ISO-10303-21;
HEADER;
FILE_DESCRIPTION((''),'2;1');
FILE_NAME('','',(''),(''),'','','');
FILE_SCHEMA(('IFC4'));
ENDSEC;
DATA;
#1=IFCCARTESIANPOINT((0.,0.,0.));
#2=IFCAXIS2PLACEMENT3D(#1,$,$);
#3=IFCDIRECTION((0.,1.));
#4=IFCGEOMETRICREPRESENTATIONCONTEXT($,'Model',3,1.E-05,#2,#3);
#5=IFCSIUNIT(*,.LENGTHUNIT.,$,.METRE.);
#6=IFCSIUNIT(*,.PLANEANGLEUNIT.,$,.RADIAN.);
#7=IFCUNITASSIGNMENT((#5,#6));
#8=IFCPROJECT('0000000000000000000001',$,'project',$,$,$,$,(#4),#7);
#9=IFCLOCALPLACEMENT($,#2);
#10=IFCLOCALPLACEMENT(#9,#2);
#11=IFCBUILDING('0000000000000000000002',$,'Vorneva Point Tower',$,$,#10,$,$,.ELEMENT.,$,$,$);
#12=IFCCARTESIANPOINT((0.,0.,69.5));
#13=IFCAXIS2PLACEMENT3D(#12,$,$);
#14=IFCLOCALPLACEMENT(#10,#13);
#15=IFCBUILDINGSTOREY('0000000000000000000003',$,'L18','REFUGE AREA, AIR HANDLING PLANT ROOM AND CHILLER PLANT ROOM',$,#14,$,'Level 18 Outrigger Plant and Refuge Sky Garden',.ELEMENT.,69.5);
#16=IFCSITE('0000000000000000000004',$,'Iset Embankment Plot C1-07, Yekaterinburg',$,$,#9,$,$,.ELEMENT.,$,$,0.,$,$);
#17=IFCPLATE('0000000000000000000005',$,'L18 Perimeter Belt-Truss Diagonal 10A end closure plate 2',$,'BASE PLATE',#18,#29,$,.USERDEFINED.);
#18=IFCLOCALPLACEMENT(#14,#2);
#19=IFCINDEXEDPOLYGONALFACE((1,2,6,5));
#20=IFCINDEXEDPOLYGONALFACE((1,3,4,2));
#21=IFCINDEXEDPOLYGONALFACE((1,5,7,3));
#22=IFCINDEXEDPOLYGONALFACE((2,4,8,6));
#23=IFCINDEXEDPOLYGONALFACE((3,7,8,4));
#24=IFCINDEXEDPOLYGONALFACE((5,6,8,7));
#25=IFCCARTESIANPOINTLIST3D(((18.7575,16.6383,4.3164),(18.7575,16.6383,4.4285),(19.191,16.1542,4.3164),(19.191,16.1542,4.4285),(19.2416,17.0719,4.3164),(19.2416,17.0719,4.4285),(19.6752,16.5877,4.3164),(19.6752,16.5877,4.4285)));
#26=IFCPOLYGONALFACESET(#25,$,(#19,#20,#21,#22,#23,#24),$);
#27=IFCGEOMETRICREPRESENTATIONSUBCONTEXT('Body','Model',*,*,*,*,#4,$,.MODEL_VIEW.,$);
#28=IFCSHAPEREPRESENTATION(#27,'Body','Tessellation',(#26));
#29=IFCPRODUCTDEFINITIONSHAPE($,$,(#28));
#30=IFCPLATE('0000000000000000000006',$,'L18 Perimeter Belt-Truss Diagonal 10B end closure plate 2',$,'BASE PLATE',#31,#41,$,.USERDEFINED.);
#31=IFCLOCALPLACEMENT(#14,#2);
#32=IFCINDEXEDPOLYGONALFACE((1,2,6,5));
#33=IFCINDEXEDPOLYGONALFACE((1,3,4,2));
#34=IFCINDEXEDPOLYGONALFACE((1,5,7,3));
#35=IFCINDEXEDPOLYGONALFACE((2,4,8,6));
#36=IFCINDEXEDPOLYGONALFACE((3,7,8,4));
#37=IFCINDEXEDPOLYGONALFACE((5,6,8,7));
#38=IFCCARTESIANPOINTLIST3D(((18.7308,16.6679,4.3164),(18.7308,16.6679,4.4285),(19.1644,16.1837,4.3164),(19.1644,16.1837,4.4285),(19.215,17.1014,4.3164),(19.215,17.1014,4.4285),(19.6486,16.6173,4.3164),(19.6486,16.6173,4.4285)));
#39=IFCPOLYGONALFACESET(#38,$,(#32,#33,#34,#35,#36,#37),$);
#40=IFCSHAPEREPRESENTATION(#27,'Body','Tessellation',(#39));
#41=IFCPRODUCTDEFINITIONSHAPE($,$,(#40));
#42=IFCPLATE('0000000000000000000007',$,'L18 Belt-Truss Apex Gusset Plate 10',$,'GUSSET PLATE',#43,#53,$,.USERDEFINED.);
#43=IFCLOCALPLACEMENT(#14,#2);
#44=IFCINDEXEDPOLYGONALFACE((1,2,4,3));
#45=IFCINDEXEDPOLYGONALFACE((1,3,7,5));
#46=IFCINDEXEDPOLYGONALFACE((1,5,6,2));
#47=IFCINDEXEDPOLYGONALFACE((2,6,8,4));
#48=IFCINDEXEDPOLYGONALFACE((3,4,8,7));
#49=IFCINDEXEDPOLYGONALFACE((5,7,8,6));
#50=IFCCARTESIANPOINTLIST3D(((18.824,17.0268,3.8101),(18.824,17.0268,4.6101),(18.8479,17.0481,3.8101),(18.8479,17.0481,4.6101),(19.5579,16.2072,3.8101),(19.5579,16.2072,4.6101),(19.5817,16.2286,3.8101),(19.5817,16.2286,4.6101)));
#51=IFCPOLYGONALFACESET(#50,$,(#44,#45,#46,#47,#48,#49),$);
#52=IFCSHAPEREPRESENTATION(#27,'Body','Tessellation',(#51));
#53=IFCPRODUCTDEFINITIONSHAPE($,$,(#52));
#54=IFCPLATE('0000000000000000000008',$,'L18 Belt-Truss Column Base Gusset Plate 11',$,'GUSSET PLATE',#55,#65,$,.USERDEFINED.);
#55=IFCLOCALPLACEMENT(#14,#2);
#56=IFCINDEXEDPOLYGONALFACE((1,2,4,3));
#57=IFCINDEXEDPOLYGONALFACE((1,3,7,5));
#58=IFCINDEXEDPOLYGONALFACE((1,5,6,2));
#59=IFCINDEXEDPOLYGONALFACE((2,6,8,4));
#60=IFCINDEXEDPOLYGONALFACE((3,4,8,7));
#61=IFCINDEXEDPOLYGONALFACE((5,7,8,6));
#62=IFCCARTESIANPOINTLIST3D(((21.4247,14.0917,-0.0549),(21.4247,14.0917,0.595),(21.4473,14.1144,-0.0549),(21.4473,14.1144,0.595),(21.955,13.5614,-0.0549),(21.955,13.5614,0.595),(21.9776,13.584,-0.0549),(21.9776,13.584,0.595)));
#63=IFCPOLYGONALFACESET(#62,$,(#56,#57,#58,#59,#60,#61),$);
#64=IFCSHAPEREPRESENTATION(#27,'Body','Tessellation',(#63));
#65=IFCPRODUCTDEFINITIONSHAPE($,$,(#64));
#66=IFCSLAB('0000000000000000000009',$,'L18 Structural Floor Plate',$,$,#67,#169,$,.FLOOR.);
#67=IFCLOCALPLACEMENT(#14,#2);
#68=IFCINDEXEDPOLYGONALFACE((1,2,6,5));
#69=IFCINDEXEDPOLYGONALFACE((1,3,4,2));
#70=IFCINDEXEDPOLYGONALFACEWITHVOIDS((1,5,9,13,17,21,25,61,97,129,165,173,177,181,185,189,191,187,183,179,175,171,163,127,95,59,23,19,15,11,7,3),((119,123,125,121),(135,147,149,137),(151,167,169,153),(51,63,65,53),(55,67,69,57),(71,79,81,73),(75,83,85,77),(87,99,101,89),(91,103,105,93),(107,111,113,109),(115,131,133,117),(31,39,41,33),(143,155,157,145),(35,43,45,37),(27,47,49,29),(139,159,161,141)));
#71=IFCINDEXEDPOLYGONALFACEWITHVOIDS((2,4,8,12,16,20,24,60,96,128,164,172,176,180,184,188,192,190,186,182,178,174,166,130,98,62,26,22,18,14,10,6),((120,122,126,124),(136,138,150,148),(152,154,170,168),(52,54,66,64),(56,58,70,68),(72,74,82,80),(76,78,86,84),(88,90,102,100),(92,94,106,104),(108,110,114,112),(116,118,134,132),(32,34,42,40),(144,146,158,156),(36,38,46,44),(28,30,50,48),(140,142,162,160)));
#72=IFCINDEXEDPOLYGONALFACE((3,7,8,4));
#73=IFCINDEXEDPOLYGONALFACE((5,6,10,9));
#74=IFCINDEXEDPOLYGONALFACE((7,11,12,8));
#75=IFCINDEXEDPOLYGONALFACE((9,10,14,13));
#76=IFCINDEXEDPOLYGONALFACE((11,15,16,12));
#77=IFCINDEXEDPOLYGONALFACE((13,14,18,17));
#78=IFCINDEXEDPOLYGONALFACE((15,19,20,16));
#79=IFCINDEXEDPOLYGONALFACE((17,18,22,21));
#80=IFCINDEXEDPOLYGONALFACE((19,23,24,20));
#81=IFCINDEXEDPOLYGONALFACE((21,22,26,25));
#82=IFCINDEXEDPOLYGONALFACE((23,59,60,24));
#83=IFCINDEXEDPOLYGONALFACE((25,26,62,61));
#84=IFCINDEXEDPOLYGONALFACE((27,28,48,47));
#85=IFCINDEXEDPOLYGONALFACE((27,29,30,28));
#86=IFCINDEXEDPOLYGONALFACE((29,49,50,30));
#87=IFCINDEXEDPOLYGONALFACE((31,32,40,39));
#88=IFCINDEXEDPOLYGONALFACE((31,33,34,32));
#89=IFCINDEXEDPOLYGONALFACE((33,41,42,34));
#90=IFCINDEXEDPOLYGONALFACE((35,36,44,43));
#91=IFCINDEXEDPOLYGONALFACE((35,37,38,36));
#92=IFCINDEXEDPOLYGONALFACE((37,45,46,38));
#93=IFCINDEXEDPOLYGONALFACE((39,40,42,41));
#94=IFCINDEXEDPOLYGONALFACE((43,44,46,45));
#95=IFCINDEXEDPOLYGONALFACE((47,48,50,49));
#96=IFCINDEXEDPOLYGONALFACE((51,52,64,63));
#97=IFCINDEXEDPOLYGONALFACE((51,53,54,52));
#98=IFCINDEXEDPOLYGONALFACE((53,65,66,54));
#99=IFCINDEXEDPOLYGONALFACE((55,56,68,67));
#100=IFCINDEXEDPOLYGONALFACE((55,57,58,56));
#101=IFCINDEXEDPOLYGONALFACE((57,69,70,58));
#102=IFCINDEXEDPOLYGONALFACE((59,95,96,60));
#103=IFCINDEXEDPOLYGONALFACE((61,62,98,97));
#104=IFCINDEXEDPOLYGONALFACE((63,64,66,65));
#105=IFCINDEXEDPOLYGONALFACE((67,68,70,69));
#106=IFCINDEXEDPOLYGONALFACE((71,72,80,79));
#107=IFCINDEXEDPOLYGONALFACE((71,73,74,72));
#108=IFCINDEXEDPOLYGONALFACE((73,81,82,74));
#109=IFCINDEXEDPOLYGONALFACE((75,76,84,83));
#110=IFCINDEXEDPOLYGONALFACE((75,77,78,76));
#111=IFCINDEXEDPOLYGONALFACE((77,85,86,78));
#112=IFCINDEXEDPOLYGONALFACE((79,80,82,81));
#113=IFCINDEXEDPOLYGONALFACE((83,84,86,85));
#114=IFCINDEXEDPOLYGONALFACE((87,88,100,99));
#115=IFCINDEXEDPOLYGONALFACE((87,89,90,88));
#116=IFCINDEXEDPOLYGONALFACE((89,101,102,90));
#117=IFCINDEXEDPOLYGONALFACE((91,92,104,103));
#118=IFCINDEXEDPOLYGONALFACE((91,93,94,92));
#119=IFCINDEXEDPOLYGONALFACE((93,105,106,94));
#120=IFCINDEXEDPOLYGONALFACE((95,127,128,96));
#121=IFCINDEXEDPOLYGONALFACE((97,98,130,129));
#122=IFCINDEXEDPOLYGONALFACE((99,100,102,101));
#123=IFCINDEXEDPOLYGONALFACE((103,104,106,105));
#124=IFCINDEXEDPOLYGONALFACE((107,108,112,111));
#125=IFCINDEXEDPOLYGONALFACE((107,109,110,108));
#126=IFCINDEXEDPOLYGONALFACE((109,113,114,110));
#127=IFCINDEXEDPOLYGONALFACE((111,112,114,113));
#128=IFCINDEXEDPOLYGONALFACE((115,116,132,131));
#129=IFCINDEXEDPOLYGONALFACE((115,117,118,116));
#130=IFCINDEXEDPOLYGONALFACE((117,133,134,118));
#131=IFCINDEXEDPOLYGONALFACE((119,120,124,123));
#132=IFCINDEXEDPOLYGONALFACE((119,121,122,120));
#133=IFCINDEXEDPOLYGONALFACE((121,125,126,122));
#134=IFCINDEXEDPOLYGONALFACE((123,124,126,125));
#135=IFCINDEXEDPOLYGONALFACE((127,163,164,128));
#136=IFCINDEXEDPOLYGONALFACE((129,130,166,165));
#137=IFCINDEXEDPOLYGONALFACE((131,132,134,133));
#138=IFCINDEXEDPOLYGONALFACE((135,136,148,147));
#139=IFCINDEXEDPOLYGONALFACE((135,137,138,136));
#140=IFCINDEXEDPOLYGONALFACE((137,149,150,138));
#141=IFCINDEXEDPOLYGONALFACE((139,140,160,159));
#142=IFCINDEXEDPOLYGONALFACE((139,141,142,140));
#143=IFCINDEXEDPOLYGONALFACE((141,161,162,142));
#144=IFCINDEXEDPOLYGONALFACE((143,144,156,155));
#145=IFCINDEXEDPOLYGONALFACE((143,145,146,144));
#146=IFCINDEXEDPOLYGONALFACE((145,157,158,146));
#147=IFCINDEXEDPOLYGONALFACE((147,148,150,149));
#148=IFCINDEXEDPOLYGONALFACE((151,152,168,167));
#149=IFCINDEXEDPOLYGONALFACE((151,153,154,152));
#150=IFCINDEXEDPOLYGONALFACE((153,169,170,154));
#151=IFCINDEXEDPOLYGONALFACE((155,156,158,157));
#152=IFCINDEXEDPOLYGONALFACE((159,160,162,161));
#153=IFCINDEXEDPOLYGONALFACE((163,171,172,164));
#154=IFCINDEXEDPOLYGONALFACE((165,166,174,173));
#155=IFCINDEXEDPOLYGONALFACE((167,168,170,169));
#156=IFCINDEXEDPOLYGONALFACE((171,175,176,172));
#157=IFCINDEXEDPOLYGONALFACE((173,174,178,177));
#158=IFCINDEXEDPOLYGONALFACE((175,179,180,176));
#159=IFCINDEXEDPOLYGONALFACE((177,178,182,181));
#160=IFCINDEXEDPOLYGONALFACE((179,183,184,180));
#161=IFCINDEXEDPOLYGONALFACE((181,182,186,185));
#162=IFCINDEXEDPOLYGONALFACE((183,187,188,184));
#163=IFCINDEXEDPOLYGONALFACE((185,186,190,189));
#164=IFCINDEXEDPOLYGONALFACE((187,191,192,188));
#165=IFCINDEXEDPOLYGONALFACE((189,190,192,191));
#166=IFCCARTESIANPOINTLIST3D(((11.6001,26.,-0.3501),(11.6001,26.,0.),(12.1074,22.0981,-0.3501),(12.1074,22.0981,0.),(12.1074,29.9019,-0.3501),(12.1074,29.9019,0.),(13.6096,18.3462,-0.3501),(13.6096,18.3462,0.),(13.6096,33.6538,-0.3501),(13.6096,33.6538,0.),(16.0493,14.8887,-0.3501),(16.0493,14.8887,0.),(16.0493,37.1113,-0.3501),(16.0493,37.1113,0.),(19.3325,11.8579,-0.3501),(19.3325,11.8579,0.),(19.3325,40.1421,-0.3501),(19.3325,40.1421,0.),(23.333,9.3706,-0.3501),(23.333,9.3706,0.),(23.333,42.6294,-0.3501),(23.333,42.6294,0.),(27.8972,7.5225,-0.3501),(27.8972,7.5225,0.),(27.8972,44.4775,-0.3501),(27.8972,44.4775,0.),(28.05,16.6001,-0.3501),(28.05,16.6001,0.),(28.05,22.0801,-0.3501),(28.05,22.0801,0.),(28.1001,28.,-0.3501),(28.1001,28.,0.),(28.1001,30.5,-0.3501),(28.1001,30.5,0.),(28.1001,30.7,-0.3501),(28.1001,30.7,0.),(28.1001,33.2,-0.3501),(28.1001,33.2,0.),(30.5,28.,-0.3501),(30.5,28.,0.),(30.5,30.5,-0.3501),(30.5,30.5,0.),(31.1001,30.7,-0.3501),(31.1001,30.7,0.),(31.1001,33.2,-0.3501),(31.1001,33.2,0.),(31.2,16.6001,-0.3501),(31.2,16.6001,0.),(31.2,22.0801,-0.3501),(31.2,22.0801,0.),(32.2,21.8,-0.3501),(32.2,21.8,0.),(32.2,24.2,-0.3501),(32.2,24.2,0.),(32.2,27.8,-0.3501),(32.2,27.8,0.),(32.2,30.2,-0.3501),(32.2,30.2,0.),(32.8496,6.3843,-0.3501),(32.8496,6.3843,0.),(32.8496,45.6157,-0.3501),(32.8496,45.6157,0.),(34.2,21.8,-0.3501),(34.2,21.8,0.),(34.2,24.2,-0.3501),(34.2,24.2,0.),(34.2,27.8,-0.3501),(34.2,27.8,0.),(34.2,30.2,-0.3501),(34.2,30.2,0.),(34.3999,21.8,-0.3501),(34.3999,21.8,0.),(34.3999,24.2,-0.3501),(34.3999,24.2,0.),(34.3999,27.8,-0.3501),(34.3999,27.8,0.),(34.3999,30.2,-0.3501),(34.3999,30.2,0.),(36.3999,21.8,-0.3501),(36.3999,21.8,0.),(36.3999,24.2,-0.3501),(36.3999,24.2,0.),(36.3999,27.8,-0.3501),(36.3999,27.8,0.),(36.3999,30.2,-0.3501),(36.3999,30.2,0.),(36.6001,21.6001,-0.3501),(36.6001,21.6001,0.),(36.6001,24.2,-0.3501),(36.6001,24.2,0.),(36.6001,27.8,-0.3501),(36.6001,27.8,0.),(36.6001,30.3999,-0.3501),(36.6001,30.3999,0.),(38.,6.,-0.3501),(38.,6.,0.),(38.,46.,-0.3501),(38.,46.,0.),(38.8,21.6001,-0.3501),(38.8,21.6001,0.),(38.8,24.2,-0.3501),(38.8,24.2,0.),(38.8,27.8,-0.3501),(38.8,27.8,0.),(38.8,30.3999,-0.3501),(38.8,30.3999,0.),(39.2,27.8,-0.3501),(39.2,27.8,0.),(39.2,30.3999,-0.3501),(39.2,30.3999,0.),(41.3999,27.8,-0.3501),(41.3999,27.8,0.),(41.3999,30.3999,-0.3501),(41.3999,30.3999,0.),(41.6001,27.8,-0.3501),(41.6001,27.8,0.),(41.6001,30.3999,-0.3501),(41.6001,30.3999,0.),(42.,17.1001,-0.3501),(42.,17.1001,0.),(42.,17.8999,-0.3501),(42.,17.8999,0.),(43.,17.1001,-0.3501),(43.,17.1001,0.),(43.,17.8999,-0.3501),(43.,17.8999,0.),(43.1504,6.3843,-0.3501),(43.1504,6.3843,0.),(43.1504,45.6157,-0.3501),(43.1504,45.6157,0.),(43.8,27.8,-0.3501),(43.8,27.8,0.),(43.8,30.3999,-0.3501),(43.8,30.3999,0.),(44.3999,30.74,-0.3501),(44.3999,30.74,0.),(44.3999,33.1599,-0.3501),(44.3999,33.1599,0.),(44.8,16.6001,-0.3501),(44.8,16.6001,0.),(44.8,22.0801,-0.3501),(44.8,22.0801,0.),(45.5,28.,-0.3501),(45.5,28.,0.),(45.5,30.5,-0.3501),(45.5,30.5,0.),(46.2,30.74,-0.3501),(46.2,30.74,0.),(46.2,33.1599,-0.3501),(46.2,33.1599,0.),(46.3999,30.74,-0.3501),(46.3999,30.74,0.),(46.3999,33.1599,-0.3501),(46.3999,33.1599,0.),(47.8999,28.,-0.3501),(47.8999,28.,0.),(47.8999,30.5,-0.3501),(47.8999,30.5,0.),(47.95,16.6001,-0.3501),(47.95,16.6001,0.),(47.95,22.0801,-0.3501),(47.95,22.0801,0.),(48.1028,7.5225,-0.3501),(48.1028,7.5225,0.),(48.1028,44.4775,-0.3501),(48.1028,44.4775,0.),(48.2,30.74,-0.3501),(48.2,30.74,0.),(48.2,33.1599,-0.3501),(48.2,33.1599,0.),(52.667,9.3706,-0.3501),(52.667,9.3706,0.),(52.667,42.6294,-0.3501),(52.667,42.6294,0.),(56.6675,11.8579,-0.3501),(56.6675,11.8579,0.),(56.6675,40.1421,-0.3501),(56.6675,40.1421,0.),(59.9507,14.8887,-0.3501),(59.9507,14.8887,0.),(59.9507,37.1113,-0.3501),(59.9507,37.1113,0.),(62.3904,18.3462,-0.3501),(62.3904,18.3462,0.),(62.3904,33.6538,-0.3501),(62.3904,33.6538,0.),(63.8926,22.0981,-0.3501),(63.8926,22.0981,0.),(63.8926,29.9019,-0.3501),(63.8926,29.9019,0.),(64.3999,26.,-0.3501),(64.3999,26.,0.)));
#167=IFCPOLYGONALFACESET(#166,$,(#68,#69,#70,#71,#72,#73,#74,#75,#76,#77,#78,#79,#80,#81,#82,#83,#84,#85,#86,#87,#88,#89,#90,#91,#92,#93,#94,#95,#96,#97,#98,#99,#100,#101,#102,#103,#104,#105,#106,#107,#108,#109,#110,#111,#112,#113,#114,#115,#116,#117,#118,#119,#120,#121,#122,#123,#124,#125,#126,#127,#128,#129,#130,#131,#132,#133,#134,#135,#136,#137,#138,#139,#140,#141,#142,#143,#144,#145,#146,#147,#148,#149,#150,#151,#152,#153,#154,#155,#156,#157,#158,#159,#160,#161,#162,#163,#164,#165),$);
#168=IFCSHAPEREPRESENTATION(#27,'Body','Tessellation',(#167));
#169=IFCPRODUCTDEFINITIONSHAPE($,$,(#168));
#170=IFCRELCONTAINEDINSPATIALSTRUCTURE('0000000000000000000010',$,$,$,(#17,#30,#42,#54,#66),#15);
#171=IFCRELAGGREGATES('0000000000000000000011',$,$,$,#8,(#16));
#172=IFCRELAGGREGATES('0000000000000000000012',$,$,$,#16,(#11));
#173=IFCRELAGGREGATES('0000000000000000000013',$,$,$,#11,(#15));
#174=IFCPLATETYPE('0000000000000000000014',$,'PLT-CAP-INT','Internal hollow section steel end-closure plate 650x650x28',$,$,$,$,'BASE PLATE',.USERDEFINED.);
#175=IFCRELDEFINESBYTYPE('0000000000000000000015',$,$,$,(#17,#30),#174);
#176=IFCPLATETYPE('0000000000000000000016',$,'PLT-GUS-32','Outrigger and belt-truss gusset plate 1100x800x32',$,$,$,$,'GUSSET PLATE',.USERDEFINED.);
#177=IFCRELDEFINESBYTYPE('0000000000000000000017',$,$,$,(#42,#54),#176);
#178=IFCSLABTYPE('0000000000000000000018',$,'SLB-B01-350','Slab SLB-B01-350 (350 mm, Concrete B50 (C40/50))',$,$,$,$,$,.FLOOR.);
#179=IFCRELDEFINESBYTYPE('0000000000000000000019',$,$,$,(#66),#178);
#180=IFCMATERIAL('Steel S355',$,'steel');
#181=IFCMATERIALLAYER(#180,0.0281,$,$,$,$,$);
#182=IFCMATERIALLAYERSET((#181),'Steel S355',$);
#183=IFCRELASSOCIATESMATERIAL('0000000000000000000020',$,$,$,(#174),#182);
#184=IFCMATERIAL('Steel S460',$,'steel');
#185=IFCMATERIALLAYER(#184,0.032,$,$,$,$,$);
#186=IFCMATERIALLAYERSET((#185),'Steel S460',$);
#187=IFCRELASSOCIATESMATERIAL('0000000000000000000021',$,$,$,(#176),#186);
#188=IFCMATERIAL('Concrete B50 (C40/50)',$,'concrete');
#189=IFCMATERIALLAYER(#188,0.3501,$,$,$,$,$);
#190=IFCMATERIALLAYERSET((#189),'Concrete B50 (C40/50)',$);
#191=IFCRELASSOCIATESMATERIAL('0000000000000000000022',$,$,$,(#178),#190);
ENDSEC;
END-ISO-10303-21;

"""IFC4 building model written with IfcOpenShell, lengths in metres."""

from ifc_helpers import new_model, si_unit, direction, frame, origin, origin_2d, place, context, subcontext, project, spatial, polyline, rectangle, outline, extrude, material, layer, layer_set, type_object, element, save


model = new_model("IFC4")

# Units and contexts
model_context = context("Model", 3, precision=1e-05, world=origin(), true_north=direction((0.0, 1.0)))
body_context = subcontext(model_context, "Body", "Model", "MODEL_VIEW")
ifc_project = project(units=[si_unit("LENGTHUNIT", "METRE"), si_unit("PLANEANGLEUNIT", "RADIAN")], contexts=[model_context])

# Site, building, storey
site_placement = place(None, origin())
site = spatial("IfcSite", under=ifc_project, at=site_placement, Name="Iset Embankment Plot C1-07, Yekaterinburg", CompositionType="ELEMENT", RefElevation=0.0)
building_placement = place(site_placement, origin())
building = spatial("IfcBuilding", under=site, at=building_placement, Name="Vorneva Point Tower", CompositionType="ELEMENT")
storey_placement = place(building_placement, frame((0.0, 0.0, 69.5)))
storey = spatial("IfcBuildingStorey", under=building, at=storey_placement, Name="L18", Description="REFUGE AREA, AIR HANDLING PLANT ROOM AND CHILLER PLANT ROOM", LongName="Level 18 Outrigger Plant and Refuge Sky Garden", CompositionType="ELEMENT", Elevation=69.5)

# Shared definitions
ifc_material_1 = material(Name="Steel S460", Category="steel")
ifc_material_2 = material(Name="Steel S355", Category="steel")

# Plates
ifc_layer_1 = layer(ifc_material_2, 0.0281)
ifc_layer_set_1 = layer_set([ifc_layer_1], Name="Steel S355")
plate_type_1 = type_object("IfcPlateType", Name="PLT-CAP-INT", Description="Internal hollow section steel end-closure plate 650x650x28", ElementType="BASE PLATE", PredefinedType="USERDEFINED", material=ifc_layer_set_1)
for number, where, z_axis, x_axis, name in (
    (1, (19.2163, 16.613, 4.3164), (0.0, 0.0, 1.0), (0.667092, -0.744976, 0.0), "L18 Perimeter Belt-Truss Diagonal 10A end closure plate 2"),
    (2, (19.1897, 16.6426, 4.3164), (0.0, 0.0, 1.0), (-0.667092, 0.744976, 0.0), "L18 Perimeter Belt-Truss Diagonal 10B end closure plate 2"),
):
    element("IfcPlate", number, at=place(storey_placement, frame(where, z_axis=z_axis, x_axis=x_axis)), inside=storey, type_object=plate_type_1, Name=name, ObjectType="BASE PLATE", PredefinedType="USERDEFINED", context=body_context, shape_type="SweptSolid", body=[
        extrude(rectangle(XDim=0.6499, YDim=0.6499, at=origin_2d()), origin(), (0.0, 0.0, 1.0), 0.1121),
    ])
ifc_layer_2 = layer(ifc_material_1, 0.032)
ifc_layer_set_2 = layer_set([ifc_layer_2], Name="Steel S460")
plate_type_2 = type_object("IfcPlateType", Name="PLT-GUS-32", Description="Outrigger and belt-truss gusset plate 1100x800x32", ElementType="GUSSET PLATE", PredefinedType="USERDEFINED", material=ifc_layer_set_2)
plate_1_placement = place(storey_placement, frame((19.2029, 16.6277, 3.8101), z_axis=(0.0, 0.0, 1.0), x_axis=(0.667092, -0.744976, 0.0)))
element("IfcPlate", 3, at=plate_1_placement, inside=storey, type_object=plate_type_2, Name="L18 Belt-Truss Apex Gusset Plate 10", ObjectType="GUSSET PLATE", PredefinedType="USERDEFINED", context=body_context, shape_type="SweptSolid", body=[
    extrude(rectangle(XDim=1.1001, YDim=0.032, at=origin_2d()), origin(), (0.0, 0.0, 1.0), 0.8),
])
plate_2_placement = place(storey_placement, frame((21.7012, 13.8379, -0.0549), z_axis=(0.0, 0.0, 1.0), x_axis=(0.707107, -0.707107, 0.0)))
element("IfcPlate", 4, at=plate_2_placement, inside=storey, type_object=plate_type_2, Name="L18 Belt-Truss Column Base Gusset Plate 11", ObjectType="GUSSET PLATE", PredefinedType="USERDEFINED", context=body_context, shape_type="SweptSolid", body=[
    extrude(rectangle(XDim=0.75, YDim=0.032, at=origin_2d()), origin(), (0.0, 0.0, 1.0), 0.6499),
])

# Slab
ifc_material_3 = material(Name="Concrete B50 (C40/50)", Category="concrete")
ifc_layer_3 = layer(ifc_material_3, 0.3501)
ifc_layer_set_3 = layer_set([ifc_layer_3], Name="Concrete B50 (C40/50)")
slab_type_1 = type_object("IfcSlabType", Name="SLB-B01-350", Description="Slab SLB-B01-350 (350 mm, Concrete B50 (C40/50))", PredefinedType="FLOOR", material=ifc_layer_set_3)
slab_1_placement = place(storey_placement, frame((0.0, 0.0, -0.3501)))
element("IfcSlab", 5, at=slab_1_placement, inside=storey, type_object=slab_type_1, Name="L18 Structural Floor Plate", PredefinedType="FLOOR", context=body_context, shape_type="SweptSolid", body=[
    extrude(outline(polyline([(64.3999, 26.0), (63.8926, 29.9019), (62.3904, 33.6538), (59.9507, 37.1113), (56.6675, 40.1421), (52.667, 42.6294), (48.1028, 44.4775), (43.1504, 45.6157), (38.0, 46.0), (32.8496, 45.6157), (27.8972, 44.4775), (23.333, 42.6294), (19.3325, 40.1421), (16.0493, 37.1113), (13.6096, 33.6538), (12.1074, 29.9019), (11.6001, 26.0), (12.1074, 22.0981), (13.6096, 18.3462), (16.0493, 14.8887), (19.3325, 11.8579), (23.333, 9.3706), (27.8972, 7.5225), (32.8496, 6.3843), (38.0, 6.0), (43.1504, 6.3843), (48.1028, 7.5225), (52.667, 9.3706), (56.6675, 11.8579), (59.9507, 14.8887), (62.3904, 18.3462), (63.8926, 22.0981), (64.3999, 26.0)]), holes=[polyline([(32.2, 27.8), (34.2, 27.8), (34.2, 30.2), (32.2, 30.2), (32.2, 27.8)]), polyline([(34.3999, 27.8), (36.3999, 27.8), (36.3999, 30.2), (34.3999, 30.2), (34.3999, 27.8)]), polyline([(36.6001, 27.8), (38.8, 27.8), (38.8, 30.3999), (36.6001, 30.3999), (36.6001, 27.8)]), polyline([(32.2, 21.8), (34.2, 21.8), (34.2, 24.2), (32.2, 24.2), (32.2, 21.8)]), polyline([(34.3999, 21.8), (36.3999, 21.8), (36.3999, 24.2), (34.3999, 24.2), (34.3999, 21.8)]), polyline([(36.6001, 21.6001), (38.8, 21.6001), (38.8, 24.2), (36.6001, 24.2), (36.6001, 21.6001)]), polyline([(39.2, 27.8), (41.3999, 27.8), (41.3999, 30.3999), (39.2, 30.3999), (39.2, 27.8)]), polyline([(41.6001, 27.8), (43.8, 27.8), (43.8, 30.3999), (41.6001, 30.3999), (41.6001, 27.8)]), polyline([(44.3999, 30.74), (46.2, 30.74), (46.2, 33.1599), (44.3999, 33.1599), (44.3999, 30.74)]), polyline([(46.3999, 30.74), (48.2, 30.74), (48.2, 33.1599), (46.3999, 33.1599), (46.3999, 30.74)]), polyline([(28.1001, 28.0), (30.5, 28.0), (30.5, 30.5), (28.1001, 30.5), (28.1001, 28.0)]), polyline([(45.5, 28.0), (47.8999, 28.0), (47.8999, 30.5), (45.5, 30.5), (45.5, 28.0)]), polyline([(28.1001, 30.7), (31.1001, 30.7), (31.1001, 33.2), (28.1001, 33.2), (28.1001, 30.7)]), polyline([(28.05, 16.6001), (31.2, 16.6001), (31.2, 22.0801), (28.05, 22.0801), (28.05, 16.6001)]), polyline([(44.8, 16.6001), (47.95, 16.6001), (47.95, 22.0801), (44.8, 22.0801), (44.8, 16.6001)]), polyline([(42.0, 17.1001), (43.0, 17.1001), (43.0, 17.8999), (42.0, 17.8999), (42.0, 17.1001)])]), origin(), (0.0, 0.0, 1.0), 0.3501),
])

save(model, "model.ifc")
